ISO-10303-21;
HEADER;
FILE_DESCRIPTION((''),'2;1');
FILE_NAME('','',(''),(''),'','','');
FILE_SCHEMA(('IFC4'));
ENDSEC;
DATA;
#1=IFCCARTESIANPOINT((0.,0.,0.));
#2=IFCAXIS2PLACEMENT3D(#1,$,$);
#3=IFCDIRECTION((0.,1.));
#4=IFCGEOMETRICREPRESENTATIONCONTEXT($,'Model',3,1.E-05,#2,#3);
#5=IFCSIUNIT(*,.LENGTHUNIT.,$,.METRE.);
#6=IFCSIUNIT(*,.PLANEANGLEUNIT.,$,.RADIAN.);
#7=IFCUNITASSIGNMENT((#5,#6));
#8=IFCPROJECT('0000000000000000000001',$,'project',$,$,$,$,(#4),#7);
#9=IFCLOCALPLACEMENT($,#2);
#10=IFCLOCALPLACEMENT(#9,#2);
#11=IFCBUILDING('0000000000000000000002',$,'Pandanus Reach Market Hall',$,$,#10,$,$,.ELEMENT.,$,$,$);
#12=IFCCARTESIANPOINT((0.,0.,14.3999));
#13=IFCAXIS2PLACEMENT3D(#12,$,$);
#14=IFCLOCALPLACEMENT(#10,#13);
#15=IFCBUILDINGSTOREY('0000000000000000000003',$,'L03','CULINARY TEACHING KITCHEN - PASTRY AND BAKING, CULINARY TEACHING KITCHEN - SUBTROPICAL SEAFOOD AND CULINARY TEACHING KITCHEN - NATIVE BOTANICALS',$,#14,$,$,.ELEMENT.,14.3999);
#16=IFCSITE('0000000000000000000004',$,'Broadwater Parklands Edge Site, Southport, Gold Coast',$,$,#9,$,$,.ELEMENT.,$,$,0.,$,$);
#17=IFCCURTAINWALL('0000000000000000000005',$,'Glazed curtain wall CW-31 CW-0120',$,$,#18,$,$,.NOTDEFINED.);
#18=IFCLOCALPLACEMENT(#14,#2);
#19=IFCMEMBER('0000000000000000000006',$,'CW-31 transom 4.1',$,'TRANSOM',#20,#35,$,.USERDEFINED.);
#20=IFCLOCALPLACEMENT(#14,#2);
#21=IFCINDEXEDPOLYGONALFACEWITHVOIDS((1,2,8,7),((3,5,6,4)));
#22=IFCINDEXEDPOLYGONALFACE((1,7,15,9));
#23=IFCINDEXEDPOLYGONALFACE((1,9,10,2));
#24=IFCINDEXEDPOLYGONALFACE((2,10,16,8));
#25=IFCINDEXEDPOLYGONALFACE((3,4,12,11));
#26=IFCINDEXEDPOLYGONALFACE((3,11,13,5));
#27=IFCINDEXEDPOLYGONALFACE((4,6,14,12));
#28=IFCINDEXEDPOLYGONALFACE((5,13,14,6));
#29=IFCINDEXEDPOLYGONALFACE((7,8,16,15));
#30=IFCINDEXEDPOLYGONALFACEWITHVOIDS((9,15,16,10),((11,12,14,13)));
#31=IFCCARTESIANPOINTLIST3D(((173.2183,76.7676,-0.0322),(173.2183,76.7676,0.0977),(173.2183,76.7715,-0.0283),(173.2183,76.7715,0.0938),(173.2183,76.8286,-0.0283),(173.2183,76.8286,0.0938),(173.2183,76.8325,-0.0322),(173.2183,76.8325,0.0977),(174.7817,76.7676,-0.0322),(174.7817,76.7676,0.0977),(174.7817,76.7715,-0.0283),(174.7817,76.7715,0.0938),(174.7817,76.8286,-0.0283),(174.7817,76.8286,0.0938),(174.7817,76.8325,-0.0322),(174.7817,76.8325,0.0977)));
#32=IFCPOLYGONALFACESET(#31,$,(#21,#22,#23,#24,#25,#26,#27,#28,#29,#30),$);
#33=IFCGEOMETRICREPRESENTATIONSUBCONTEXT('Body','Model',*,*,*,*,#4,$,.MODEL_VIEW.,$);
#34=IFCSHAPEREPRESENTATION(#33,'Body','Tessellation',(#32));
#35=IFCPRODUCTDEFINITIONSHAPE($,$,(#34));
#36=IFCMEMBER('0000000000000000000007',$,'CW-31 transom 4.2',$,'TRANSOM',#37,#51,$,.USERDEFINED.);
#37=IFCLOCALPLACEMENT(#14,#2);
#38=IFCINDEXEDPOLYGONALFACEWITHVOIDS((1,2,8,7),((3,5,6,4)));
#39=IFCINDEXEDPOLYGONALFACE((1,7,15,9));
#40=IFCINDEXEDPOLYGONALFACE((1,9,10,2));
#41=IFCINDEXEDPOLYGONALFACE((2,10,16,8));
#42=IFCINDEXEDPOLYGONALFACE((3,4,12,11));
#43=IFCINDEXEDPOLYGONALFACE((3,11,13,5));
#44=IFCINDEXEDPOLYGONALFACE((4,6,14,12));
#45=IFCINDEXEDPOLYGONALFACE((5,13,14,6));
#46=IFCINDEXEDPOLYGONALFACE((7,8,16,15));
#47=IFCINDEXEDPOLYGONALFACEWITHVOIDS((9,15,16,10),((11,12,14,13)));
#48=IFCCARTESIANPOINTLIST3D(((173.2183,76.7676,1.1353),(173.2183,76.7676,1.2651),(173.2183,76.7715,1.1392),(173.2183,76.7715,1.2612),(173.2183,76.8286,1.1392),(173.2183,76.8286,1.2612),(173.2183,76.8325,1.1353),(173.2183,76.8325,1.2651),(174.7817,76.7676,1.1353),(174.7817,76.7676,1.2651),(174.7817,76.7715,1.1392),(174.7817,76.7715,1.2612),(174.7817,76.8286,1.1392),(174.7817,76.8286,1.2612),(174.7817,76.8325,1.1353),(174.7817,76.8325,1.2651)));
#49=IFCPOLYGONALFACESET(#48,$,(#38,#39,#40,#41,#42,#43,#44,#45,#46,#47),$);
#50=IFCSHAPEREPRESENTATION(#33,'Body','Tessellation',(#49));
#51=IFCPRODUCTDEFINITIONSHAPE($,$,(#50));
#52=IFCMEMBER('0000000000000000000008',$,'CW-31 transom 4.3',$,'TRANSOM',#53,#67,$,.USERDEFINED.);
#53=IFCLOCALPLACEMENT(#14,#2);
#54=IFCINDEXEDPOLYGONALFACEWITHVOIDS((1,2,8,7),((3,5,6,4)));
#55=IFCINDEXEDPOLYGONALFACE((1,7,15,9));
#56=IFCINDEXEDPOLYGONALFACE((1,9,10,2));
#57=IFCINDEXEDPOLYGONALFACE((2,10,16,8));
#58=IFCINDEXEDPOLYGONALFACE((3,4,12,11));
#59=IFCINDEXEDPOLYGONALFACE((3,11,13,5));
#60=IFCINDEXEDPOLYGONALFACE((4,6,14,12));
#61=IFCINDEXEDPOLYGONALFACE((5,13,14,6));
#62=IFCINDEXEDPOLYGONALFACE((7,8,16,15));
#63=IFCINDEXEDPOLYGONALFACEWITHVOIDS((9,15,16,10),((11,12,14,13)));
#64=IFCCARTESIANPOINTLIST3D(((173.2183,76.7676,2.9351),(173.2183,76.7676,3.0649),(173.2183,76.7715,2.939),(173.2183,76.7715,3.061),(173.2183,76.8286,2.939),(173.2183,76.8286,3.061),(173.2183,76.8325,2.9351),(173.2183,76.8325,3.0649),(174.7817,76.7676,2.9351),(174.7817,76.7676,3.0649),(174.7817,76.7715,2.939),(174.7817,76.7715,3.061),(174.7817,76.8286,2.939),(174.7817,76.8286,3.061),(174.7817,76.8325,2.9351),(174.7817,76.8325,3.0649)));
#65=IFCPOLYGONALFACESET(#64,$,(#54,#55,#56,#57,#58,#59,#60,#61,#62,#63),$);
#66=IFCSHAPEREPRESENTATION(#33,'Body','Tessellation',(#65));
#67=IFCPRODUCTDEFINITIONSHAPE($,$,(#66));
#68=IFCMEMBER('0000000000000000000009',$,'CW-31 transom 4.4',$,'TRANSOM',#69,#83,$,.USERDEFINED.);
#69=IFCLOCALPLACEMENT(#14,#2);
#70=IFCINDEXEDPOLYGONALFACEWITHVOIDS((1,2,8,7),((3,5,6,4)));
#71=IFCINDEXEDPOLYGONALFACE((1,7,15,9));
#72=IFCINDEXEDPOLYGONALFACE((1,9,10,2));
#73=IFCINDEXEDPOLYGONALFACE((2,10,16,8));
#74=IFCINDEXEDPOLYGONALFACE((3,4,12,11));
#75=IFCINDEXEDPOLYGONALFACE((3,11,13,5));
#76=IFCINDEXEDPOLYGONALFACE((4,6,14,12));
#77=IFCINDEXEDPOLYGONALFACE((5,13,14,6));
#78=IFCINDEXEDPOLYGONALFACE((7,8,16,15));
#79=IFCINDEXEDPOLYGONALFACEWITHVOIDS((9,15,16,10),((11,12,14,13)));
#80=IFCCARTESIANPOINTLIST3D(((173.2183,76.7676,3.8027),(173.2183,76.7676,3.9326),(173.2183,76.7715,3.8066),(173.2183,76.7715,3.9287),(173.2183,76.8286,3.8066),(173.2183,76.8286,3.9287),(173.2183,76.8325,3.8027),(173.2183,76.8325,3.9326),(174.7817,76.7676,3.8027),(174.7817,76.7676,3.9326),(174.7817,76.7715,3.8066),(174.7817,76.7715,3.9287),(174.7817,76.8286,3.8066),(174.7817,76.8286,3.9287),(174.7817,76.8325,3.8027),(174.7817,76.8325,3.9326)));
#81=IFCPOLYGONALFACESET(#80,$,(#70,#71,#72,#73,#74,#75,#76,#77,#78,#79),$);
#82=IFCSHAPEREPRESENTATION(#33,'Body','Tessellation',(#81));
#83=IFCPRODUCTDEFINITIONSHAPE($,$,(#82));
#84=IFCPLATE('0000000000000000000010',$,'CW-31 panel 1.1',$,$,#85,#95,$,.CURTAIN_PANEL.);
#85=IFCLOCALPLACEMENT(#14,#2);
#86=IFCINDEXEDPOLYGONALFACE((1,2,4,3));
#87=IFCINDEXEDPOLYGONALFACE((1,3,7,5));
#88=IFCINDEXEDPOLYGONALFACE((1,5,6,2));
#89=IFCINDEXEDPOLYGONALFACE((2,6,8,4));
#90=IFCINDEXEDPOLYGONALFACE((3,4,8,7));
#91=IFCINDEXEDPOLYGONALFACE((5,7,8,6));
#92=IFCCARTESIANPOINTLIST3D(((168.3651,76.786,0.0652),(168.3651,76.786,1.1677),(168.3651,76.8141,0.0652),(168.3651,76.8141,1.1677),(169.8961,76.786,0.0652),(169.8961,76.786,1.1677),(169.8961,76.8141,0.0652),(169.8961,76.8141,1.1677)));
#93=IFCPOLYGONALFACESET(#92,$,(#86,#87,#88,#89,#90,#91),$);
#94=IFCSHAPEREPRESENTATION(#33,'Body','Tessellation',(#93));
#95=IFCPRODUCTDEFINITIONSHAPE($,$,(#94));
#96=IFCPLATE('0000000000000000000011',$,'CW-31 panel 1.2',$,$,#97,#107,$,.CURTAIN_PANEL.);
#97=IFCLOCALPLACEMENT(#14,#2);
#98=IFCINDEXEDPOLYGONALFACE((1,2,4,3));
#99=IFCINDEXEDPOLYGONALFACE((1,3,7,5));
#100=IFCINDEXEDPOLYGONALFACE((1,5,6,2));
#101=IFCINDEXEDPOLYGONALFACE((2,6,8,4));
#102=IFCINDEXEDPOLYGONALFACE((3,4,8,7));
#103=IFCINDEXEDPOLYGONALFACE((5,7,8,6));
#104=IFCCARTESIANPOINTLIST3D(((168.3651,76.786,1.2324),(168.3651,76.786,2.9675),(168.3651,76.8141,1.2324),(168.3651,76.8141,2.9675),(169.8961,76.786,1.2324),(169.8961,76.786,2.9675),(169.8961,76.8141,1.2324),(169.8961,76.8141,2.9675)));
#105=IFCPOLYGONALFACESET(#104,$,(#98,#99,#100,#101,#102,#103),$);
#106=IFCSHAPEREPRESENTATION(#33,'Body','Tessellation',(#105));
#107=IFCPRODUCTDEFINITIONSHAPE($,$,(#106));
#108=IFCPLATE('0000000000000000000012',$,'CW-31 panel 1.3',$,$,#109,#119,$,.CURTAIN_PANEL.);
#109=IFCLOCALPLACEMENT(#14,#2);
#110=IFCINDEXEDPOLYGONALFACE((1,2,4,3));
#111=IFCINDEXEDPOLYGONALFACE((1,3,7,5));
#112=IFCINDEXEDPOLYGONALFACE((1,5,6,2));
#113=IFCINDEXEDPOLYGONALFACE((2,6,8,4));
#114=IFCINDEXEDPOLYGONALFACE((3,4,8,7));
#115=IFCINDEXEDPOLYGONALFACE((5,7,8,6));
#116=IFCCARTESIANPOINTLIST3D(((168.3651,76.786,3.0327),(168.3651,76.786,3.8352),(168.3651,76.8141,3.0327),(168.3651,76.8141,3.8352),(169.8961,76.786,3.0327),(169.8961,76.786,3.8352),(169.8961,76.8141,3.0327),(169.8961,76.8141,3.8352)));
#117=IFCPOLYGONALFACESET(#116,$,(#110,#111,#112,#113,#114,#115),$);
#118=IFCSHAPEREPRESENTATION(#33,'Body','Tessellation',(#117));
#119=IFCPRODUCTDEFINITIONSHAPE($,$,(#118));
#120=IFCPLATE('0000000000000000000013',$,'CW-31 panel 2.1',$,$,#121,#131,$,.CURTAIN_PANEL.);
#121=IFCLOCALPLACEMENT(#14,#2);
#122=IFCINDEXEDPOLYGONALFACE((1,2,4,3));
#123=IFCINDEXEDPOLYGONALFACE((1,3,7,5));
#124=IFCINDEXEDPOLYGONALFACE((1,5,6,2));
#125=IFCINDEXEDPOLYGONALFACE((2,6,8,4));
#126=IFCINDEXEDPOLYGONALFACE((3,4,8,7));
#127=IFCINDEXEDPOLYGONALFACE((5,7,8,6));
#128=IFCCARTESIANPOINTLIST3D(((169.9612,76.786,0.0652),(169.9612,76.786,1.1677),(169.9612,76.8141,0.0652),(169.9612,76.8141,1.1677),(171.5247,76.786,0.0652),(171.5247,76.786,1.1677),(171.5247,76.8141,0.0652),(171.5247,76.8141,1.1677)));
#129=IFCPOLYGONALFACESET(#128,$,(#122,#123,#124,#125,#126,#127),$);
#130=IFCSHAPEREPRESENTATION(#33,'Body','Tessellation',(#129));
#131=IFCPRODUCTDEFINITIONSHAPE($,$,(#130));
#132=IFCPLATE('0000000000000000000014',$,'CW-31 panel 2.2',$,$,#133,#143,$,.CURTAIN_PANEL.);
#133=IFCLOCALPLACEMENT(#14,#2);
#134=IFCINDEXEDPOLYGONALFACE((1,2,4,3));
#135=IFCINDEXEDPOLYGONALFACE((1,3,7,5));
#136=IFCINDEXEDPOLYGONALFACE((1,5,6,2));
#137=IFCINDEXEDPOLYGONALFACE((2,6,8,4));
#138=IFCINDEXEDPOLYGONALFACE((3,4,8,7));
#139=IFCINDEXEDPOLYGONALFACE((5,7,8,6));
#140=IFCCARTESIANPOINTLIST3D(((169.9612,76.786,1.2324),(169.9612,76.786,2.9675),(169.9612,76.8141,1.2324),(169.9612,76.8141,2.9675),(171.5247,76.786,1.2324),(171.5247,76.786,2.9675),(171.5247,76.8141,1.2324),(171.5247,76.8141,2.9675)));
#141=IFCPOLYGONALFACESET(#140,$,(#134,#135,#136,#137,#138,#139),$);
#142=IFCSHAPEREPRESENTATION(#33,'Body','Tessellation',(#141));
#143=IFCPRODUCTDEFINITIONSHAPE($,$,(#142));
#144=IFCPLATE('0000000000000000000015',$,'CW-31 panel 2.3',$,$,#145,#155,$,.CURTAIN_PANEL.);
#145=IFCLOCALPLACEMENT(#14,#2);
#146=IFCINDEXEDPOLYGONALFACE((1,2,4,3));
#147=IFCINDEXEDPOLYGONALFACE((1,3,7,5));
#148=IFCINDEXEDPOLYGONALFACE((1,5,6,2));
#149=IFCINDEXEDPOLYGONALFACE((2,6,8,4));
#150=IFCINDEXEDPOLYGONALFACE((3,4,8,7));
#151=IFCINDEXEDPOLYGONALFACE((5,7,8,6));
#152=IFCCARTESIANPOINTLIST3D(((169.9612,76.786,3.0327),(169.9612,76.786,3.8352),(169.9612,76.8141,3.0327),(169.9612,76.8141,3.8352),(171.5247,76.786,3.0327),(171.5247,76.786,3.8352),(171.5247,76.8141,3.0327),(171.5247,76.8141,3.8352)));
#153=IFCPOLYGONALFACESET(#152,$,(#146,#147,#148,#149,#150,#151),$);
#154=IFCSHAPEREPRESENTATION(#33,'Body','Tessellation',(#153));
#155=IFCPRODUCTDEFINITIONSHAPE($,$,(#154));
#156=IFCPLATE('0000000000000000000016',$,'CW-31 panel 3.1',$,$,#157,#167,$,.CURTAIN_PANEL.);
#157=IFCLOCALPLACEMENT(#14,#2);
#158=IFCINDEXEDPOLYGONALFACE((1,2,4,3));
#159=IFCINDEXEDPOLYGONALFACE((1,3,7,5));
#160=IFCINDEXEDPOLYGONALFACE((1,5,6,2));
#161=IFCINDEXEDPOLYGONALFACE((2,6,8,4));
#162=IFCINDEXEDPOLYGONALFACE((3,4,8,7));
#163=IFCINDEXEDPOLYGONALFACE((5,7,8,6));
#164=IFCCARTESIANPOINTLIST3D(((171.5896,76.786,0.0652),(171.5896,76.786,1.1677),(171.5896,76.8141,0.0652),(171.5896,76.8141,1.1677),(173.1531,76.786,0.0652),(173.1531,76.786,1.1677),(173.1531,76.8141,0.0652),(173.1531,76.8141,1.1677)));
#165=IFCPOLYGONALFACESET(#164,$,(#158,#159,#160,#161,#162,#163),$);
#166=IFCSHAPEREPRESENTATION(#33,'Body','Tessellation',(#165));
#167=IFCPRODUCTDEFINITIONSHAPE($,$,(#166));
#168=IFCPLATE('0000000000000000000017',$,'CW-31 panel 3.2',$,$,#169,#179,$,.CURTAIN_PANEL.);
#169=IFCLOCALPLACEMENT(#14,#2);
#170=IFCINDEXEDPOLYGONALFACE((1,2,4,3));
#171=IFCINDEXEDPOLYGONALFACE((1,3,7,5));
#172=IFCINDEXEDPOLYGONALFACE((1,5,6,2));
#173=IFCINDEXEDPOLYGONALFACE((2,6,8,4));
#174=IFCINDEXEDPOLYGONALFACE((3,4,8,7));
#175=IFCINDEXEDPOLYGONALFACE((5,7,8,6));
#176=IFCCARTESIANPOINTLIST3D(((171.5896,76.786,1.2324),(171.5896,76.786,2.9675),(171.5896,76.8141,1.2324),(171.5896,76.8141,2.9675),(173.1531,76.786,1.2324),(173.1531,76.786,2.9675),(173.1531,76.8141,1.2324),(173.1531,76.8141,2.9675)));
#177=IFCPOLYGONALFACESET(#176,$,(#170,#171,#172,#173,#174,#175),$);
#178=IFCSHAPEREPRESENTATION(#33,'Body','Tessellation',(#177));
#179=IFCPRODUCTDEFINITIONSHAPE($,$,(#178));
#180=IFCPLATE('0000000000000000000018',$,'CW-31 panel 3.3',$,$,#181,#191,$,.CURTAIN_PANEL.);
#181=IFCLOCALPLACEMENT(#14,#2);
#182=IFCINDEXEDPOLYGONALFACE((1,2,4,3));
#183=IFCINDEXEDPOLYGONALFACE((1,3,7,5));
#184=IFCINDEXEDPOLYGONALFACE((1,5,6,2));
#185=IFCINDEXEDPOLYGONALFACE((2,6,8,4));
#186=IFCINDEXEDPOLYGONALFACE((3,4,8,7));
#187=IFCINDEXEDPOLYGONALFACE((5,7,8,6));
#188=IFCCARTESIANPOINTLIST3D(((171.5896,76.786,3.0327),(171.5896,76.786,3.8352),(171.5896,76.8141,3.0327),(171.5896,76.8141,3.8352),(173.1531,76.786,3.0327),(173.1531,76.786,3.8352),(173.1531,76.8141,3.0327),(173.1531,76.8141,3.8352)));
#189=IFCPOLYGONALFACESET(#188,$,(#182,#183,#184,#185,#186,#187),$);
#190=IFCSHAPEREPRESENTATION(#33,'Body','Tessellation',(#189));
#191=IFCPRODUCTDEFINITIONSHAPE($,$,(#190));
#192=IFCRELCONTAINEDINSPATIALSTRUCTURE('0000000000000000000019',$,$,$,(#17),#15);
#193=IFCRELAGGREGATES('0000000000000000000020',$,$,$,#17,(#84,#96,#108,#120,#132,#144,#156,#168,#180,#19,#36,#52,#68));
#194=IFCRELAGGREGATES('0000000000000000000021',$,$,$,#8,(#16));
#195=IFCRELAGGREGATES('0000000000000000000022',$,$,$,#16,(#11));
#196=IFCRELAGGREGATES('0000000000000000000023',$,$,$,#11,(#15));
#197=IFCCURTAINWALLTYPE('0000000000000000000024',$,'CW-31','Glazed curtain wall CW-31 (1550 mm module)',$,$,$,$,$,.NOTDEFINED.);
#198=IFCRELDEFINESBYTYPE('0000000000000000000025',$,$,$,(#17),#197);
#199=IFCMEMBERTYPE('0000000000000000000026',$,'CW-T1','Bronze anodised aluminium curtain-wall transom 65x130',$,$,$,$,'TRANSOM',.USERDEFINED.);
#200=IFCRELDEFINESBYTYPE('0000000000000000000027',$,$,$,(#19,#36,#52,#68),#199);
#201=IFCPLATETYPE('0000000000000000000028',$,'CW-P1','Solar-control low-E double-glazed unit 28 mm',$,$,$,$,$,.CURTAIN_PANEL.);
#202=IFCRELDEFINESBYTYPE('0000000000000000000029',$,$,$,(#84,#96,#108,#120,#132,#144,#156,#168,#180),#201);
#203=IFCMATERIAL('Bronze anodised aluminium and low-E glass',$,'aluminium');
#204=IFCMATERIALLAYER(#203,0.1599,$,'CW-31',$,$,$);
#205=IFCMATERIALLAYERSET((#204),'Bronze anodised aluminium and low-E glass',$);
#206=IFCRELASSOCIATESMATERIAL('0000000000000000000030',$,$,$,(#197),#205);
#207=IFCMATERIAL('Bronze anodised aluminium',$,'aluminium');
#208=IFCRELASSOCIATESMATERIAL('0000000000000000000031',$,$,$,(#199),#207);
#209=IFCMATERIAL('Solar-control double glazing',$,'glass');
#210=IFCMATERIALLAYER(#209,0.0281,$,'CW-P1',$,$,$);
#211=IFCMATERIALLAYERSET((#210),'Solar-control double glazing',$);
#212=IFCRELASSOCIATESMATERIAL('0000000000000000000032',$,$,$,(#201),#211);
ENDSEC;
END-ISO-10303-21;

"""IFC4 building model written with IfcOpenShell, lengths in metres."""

from ifc_helpers import new_model, si_unit, direction, frame, origin, origin_2d, place, context, subcontext, project, spatial, rectangle, hollow_rectangle, extrude, material, layer, layer_set, material_profile, profile_set, type_object, element, aggregate, save


model = new_model("IFC4")

# Units and contexts
model_context = context("Model", 3, precision=1e-05, world=origin(), true_north=direction((0.0, 1.0)))
body_context = subcontext(model_context, "Body", "Model", "MODEL_VIEW")
ifc_project = project(units=[si_unit("LENGTHUNIT", "METRE"), si_unit("PLANEANGLEUNIT", "RADIAN")], contexts=[model_context])

# Site, building, storey
site_placement = place(None, origin())
site = spatial("IfcSite", under=ifc_project, at=site_placement, Name="Broadwater Parklands Edge Site, Southport, Gold Coast", CompositionType="ELEMENT", RefElevation=0.0)
building_placement = place(site_placement, origin())
building = spatial("IfcBuilding", under=site, at=building_placement, Name="Pandanus Reach Market Hall", CompositionType="ELEMENT")
storey_placement = place(building_placement, frame((0.0, 0.0, 14.3999)))
storey = spatial("IfcBuildingStorey", under=building, at=storey_placement, Name="L03", Description="CULINARY TEACHING KITCHEN - PASTRY AND BAKING, CULINARY TEACHING KITCHEN - SUBTROPICAL SEAFOOD AND CULINARY TEACHING KITCHEN - NATIVE BOTANICALS", CompositionType="ELEMENT", Elevation=14.3999)

# Curtain wall, members, plates
ifc_material_1 = material(Name="Bronze anodised aluminium and low-E glass", Category="aluminium")
ifc_layer_1 = layer(ifc_material_1, 0.1599, Name="CW-31")
ifc_layer_set_1 = layer_set([ifc_layer_1], Name="Bronze anodised aluminium and low-E glass")
curtain_wall_type = type_object("IfcCurtainWallType", Name="CW-31", Description="Glazed curtain wall CW-31 (1550 mm module)", PredefinedType="NOTDEFINED", material=ifc_layer_set_1)
curtain_wall_placement = place(storey_placement, origin())
curtain_wall = element("IfcCurtainWall", 1, at=curtain_wall_placement, inside=storey, type_object=curtain_wall_type, Name="Glazed curtain wall CW-31 CW-0120", PredefinedType="NOTDEFINED")
ifc_material_2 = material(Name="Bronze anodised aluminium", Category="aluminium")
ifc_material_profile_1 = material_profile(ifc_material_2, hollow_rectangle(XDim=0.0649, YDim=0.1299, WallThickness=0.0039, at=origin_2d()), Name="ALU65x130", Category="LoadBearing")
ifc_profile_set_1 = profile_set([ifc_material_profile_1], Name="Bronze anodised aluminium")
member_type_1 = type_object("IfcMemberType", Name="CW-T1", Description="Bronze anodised aluminium curtain-wall transom 65x130", ElementType="TRANSOM", PredefinedType="USERDEFINED", material=ifc_profile_set_1)
member_1_placement = place(storey_placement, frame((173.2183, 76.8, 0.0327), z_axis=(1.0, 0.0, 0.0), x_axis=(0.0, 1.0, 0.0)))
member_1 = element("IfcMember", 2, at=member_1_placement, type_object=member_type_1, Name="CW-31 transom 4.1", ObjectType="TRANSOM", PredefinedType="USERDEFINED", context=body_context, shape_type="SweptSolid", body=[
    extrude(hollow_rectangle(XDim=0.0649, YDim=0.1299, WallThickness=0.0039, at=origin_2d()), origin(), (0.0, 0.0, 1.0), 1.5635),
])
member_2_placement = place(storey_placement, frame((173.2183, 76.8, 1.2002), z_axis=(1.0, 0.0, 0.0), x_axis=(0.0, 1.0, 0.0)))
member_2 = element("IfcMember", 3, at=member_2_placement, type_object=member_type_1, Name="CW-31 transom 4.2", ObjectType="TRANSOM", PredefinedType="USERDEFINED", context=body_context, shape_type="SweptSolid", body=[
    extrude(hollow_rectangle(XDim=0.0649, YDim=0.1299, WallThickness=0.0039, at=origin_2d()), origin(), (0.0, 0.0, 1.0), 1.5635),
])
member_3_placement = place(storey_placement, frame((173.2183, 76.8, 3.0), z_axis=(1.0, 0.0, 0.0), x_axis=(0.0, 1.0, 0.0)))
member_3 = element("IfcMember", 4, at=member_3_placement, type_object=member_type_1, Name="CW-31 transom 4.3", ObjectType="TRANSOM", PredefinedType="USERDEFINED", context=body_context, shape_type="SweptSolid", body=[
    extrude(hollow_rectangle(XDim=0.0649, YDim=0.1299, WallThickness=0.0039, at=origin_2d()), origin(), (0.0, 0.0, 1.0), 1.5635),
])
member_4_placement = place(storey_placement, frame((173.2183, 76.8, 3.8677), z_axis=(1.0, 0.0, 0.0), x_axis=(0.0, 1.0, 0.0)))
member_4 = element("IfcMember", 5, at=member_4_placement, type_object=member_type_1, Name="CW-31 transom 4.4", ObjectType="TRANSOM", PredefinedType="USERDEFINED", context=body_context, shape_type="SweptSolid", body=[
    extrude(hollow_rectangle(XDim=0.0649, YDim=0.1299, WallThickness=0.0039, at=origin_2d()), origin(), (0.0, 0.0, 1.0), 1.5635),
])
ifc_material_3 = material(Name="Solar-control double glazing", Category="glass")
ifc_layer_2 = layer(ifc_material_3, 0.0281, Name="CW-P1")
ifc_layer_set_2 = layer_set([ifc_layer_2], Name="Solar-control double glazing")
plate_type = type_object("IfcPlateType", Name="CW-P1", Description="Solar-control low-E double-glazed unit 28 mm", PredefinedType="CURTAIN_PANEL", material=ifc_layer_set_2)
plate_1_placement = place(storey_placement, frame((169.1306, 76.8, 0.0652), z_axis=(0.0, 0.0, 1.0), x_axis=(1.0, 0.0, 0.0)))
plate_1 = element("IfcPlate", 6, at=plate_1_placement, type_object=plate_type, Name="CW-31 panel 1.1", PredefinedType="CURTAIN_PANEL", context=body_context, shape_type="SweptSolid", body=[
    extrude(rectangle(XDim=1.531, YDim=0.0281, at=origin_2d()), origin(), (0.0, 0.0, 1.0), 1.1025),
])
plate_2_placement = place(storey_placement, frame((169.1306, 76.8, 1.2324), z_axis=(0.0, 0.0, 1.0), x_axis=(1.0, 0.0, 0.0)))
plate_2 = element("IfcPlate", 7, at=plate_2_placement, type_object=plate_type, Name="CW-31 panel 1.2", PredefinedType="CURTAIN_PANEL", context=body_context, shape_type="SweptSolid", body=[
    extrude(rectangle(XDim=1.531, YDim=0.0281, at=origin_2d()), origin(), (0.0, 0.0, 1.0), 1.7351),
])
plate_3_placement = place(storey_placement, frame((169.1306, 76.8, 3.0327), z_axis=(0.0, 0.0, 1.0), x_axis=(1.0, 0.0, 0.0)))
plate_3 = element("IfcPlate", 8, at=plate_3_placement, type_object=plate_type, Name="CW-31 panel 1.3", PredefinedType="CURTAIN_PANEL", context=body_context, shape_type="SweptSolid", body=[
    extrude(rectangle(XDim=1.531, YDim=0.0281, at=origin_2d()), origin(), (0.0, 0.0, 1.0), 0.8025),
])
plate_4_placement = place(storey_placement, frame((170.7429, 76.8, 0.0652), z_axis=(0.0, 0.0, 1.0), x_axis=(1.0, 0.0, 0.0)))
plate_4 = element("IfcPlate", 9, at=plate_4_placement, type_object=plate_type, Name="CW-31 panel 2.1", PredefinedType="CURTAIN_PANEL", context=body_context, shape_type="SweptSolid", body=[
    extrude(rectangle(XDim=1.5635, YDim=0.0281, at=origin_2d()), origin(), (0.0, 0.0, 1.0), 1.1025),
])
plate_5_placement = place(storey_placement, frame((170.7429, 76.8, 1.2324), z_axis=(0.0, 0.0, 1.0), x_axis=(1.0, 0.0, 0.0)))
plate_5 = element("IfcPlate", 10, at=plate_5_placement, type_object=plate_type, Name="CW-31 panel 2.2", PredefinedType="CURTAIN_PANEL", context=body_context, shape_type="SweptSolid", body=[
    extrude(rectangle(XDim=1.5635, YDim=0.0281, at=origin_2d()), origin(), (0.0, 0.0, 1.0), 1.7351),
])
plate_6_placement = place(storey_placement, frame((170.7429, 76.8, 3.0327), z_axis=(0.0, 0.0, 1.0), x_axis=(1.0, 0.0, 0.0)))
plate_6 = element("IfcPlate", 11, at=plate_6_placement, type_object=plate_type, Name="CW-31 panel 2.3", PredefinedType="CURTAIN_PANEL", context=body_context, shape_type="SweptSolid", body=[
    extrude(rectangle(XDim=1.5635, YDim=0.0281, at=origin_2d()), origin(), (0.0, 0.0, 1.0), 0.8025),
])
plate_7_placement = place(storey_placement, frame((172.3713, 76.8, 0.0652), z_axis=(0.0, 0.0, 1.0), x_axis=(1.0, 0.0, 0.0)))
plate_7 = element("IfcPlate", 12, at=plate_7_placement, type_object=plate_type, Name="CW-31 panel 3.1", PredefinedType="CURTAIN_PANEL", context=body_context, shape_type="SweptSolid", body=[
    extrude(rectangle(XDim=1.5635, YDim=0.0281, at=origin_2d()), origin(), (0.0, 0.0, 1.0), 1.1025),
])
plate_8_placement = place(storey_placement, frame((172.3713, 76.8, 1.2324), z_axis=(0.0, 0.0, 1.0), x_axis=(1.0, 0.0, 0.0)))
plate_8 = element("IfcPlate", 13, at=plate_8_placement, type_object=plate_type, Name="CW-31 panel 3.2", PredefinedType="CURTAIN_PANEL", context=body_context, shape_type="SweptSolid", body=[
    extrude(rectangle(XDim=1.5635, YDim=0.0281, at=origin_2d()), origin(), (0.0, 0.0, 1.0), 1.7351),
])
plate_9_placement = place(storey_placement, frame((172.3713, 76.8, 3.0327), z_axis=(0.0, 0.0, 1.0), x_axis=(1.0, 0.0, 0.0)))
plate_9 = element("IfcPlate", 14, at=plate_9_placement, type_object=plate_type, Name="CW-31 panel 3.3", PredefinedType="CURTAIN_PANEL", context=body_context, shape_type="SweptSolid", body=[
    extrude(rectangle(XDim=1.5635, YDim=0.0281, at=origin_2d()), origin(), (0.0, 0.0, 1.0), 0.8025),
])
aggregate(curtain_wall, [plate_1, plate_2, plate_3, plate_4, plate_5, plate_6, plate_7, plate_8, plate_9, member_1, member_2, member_3, member_4])

save(model, "model.ifc")
